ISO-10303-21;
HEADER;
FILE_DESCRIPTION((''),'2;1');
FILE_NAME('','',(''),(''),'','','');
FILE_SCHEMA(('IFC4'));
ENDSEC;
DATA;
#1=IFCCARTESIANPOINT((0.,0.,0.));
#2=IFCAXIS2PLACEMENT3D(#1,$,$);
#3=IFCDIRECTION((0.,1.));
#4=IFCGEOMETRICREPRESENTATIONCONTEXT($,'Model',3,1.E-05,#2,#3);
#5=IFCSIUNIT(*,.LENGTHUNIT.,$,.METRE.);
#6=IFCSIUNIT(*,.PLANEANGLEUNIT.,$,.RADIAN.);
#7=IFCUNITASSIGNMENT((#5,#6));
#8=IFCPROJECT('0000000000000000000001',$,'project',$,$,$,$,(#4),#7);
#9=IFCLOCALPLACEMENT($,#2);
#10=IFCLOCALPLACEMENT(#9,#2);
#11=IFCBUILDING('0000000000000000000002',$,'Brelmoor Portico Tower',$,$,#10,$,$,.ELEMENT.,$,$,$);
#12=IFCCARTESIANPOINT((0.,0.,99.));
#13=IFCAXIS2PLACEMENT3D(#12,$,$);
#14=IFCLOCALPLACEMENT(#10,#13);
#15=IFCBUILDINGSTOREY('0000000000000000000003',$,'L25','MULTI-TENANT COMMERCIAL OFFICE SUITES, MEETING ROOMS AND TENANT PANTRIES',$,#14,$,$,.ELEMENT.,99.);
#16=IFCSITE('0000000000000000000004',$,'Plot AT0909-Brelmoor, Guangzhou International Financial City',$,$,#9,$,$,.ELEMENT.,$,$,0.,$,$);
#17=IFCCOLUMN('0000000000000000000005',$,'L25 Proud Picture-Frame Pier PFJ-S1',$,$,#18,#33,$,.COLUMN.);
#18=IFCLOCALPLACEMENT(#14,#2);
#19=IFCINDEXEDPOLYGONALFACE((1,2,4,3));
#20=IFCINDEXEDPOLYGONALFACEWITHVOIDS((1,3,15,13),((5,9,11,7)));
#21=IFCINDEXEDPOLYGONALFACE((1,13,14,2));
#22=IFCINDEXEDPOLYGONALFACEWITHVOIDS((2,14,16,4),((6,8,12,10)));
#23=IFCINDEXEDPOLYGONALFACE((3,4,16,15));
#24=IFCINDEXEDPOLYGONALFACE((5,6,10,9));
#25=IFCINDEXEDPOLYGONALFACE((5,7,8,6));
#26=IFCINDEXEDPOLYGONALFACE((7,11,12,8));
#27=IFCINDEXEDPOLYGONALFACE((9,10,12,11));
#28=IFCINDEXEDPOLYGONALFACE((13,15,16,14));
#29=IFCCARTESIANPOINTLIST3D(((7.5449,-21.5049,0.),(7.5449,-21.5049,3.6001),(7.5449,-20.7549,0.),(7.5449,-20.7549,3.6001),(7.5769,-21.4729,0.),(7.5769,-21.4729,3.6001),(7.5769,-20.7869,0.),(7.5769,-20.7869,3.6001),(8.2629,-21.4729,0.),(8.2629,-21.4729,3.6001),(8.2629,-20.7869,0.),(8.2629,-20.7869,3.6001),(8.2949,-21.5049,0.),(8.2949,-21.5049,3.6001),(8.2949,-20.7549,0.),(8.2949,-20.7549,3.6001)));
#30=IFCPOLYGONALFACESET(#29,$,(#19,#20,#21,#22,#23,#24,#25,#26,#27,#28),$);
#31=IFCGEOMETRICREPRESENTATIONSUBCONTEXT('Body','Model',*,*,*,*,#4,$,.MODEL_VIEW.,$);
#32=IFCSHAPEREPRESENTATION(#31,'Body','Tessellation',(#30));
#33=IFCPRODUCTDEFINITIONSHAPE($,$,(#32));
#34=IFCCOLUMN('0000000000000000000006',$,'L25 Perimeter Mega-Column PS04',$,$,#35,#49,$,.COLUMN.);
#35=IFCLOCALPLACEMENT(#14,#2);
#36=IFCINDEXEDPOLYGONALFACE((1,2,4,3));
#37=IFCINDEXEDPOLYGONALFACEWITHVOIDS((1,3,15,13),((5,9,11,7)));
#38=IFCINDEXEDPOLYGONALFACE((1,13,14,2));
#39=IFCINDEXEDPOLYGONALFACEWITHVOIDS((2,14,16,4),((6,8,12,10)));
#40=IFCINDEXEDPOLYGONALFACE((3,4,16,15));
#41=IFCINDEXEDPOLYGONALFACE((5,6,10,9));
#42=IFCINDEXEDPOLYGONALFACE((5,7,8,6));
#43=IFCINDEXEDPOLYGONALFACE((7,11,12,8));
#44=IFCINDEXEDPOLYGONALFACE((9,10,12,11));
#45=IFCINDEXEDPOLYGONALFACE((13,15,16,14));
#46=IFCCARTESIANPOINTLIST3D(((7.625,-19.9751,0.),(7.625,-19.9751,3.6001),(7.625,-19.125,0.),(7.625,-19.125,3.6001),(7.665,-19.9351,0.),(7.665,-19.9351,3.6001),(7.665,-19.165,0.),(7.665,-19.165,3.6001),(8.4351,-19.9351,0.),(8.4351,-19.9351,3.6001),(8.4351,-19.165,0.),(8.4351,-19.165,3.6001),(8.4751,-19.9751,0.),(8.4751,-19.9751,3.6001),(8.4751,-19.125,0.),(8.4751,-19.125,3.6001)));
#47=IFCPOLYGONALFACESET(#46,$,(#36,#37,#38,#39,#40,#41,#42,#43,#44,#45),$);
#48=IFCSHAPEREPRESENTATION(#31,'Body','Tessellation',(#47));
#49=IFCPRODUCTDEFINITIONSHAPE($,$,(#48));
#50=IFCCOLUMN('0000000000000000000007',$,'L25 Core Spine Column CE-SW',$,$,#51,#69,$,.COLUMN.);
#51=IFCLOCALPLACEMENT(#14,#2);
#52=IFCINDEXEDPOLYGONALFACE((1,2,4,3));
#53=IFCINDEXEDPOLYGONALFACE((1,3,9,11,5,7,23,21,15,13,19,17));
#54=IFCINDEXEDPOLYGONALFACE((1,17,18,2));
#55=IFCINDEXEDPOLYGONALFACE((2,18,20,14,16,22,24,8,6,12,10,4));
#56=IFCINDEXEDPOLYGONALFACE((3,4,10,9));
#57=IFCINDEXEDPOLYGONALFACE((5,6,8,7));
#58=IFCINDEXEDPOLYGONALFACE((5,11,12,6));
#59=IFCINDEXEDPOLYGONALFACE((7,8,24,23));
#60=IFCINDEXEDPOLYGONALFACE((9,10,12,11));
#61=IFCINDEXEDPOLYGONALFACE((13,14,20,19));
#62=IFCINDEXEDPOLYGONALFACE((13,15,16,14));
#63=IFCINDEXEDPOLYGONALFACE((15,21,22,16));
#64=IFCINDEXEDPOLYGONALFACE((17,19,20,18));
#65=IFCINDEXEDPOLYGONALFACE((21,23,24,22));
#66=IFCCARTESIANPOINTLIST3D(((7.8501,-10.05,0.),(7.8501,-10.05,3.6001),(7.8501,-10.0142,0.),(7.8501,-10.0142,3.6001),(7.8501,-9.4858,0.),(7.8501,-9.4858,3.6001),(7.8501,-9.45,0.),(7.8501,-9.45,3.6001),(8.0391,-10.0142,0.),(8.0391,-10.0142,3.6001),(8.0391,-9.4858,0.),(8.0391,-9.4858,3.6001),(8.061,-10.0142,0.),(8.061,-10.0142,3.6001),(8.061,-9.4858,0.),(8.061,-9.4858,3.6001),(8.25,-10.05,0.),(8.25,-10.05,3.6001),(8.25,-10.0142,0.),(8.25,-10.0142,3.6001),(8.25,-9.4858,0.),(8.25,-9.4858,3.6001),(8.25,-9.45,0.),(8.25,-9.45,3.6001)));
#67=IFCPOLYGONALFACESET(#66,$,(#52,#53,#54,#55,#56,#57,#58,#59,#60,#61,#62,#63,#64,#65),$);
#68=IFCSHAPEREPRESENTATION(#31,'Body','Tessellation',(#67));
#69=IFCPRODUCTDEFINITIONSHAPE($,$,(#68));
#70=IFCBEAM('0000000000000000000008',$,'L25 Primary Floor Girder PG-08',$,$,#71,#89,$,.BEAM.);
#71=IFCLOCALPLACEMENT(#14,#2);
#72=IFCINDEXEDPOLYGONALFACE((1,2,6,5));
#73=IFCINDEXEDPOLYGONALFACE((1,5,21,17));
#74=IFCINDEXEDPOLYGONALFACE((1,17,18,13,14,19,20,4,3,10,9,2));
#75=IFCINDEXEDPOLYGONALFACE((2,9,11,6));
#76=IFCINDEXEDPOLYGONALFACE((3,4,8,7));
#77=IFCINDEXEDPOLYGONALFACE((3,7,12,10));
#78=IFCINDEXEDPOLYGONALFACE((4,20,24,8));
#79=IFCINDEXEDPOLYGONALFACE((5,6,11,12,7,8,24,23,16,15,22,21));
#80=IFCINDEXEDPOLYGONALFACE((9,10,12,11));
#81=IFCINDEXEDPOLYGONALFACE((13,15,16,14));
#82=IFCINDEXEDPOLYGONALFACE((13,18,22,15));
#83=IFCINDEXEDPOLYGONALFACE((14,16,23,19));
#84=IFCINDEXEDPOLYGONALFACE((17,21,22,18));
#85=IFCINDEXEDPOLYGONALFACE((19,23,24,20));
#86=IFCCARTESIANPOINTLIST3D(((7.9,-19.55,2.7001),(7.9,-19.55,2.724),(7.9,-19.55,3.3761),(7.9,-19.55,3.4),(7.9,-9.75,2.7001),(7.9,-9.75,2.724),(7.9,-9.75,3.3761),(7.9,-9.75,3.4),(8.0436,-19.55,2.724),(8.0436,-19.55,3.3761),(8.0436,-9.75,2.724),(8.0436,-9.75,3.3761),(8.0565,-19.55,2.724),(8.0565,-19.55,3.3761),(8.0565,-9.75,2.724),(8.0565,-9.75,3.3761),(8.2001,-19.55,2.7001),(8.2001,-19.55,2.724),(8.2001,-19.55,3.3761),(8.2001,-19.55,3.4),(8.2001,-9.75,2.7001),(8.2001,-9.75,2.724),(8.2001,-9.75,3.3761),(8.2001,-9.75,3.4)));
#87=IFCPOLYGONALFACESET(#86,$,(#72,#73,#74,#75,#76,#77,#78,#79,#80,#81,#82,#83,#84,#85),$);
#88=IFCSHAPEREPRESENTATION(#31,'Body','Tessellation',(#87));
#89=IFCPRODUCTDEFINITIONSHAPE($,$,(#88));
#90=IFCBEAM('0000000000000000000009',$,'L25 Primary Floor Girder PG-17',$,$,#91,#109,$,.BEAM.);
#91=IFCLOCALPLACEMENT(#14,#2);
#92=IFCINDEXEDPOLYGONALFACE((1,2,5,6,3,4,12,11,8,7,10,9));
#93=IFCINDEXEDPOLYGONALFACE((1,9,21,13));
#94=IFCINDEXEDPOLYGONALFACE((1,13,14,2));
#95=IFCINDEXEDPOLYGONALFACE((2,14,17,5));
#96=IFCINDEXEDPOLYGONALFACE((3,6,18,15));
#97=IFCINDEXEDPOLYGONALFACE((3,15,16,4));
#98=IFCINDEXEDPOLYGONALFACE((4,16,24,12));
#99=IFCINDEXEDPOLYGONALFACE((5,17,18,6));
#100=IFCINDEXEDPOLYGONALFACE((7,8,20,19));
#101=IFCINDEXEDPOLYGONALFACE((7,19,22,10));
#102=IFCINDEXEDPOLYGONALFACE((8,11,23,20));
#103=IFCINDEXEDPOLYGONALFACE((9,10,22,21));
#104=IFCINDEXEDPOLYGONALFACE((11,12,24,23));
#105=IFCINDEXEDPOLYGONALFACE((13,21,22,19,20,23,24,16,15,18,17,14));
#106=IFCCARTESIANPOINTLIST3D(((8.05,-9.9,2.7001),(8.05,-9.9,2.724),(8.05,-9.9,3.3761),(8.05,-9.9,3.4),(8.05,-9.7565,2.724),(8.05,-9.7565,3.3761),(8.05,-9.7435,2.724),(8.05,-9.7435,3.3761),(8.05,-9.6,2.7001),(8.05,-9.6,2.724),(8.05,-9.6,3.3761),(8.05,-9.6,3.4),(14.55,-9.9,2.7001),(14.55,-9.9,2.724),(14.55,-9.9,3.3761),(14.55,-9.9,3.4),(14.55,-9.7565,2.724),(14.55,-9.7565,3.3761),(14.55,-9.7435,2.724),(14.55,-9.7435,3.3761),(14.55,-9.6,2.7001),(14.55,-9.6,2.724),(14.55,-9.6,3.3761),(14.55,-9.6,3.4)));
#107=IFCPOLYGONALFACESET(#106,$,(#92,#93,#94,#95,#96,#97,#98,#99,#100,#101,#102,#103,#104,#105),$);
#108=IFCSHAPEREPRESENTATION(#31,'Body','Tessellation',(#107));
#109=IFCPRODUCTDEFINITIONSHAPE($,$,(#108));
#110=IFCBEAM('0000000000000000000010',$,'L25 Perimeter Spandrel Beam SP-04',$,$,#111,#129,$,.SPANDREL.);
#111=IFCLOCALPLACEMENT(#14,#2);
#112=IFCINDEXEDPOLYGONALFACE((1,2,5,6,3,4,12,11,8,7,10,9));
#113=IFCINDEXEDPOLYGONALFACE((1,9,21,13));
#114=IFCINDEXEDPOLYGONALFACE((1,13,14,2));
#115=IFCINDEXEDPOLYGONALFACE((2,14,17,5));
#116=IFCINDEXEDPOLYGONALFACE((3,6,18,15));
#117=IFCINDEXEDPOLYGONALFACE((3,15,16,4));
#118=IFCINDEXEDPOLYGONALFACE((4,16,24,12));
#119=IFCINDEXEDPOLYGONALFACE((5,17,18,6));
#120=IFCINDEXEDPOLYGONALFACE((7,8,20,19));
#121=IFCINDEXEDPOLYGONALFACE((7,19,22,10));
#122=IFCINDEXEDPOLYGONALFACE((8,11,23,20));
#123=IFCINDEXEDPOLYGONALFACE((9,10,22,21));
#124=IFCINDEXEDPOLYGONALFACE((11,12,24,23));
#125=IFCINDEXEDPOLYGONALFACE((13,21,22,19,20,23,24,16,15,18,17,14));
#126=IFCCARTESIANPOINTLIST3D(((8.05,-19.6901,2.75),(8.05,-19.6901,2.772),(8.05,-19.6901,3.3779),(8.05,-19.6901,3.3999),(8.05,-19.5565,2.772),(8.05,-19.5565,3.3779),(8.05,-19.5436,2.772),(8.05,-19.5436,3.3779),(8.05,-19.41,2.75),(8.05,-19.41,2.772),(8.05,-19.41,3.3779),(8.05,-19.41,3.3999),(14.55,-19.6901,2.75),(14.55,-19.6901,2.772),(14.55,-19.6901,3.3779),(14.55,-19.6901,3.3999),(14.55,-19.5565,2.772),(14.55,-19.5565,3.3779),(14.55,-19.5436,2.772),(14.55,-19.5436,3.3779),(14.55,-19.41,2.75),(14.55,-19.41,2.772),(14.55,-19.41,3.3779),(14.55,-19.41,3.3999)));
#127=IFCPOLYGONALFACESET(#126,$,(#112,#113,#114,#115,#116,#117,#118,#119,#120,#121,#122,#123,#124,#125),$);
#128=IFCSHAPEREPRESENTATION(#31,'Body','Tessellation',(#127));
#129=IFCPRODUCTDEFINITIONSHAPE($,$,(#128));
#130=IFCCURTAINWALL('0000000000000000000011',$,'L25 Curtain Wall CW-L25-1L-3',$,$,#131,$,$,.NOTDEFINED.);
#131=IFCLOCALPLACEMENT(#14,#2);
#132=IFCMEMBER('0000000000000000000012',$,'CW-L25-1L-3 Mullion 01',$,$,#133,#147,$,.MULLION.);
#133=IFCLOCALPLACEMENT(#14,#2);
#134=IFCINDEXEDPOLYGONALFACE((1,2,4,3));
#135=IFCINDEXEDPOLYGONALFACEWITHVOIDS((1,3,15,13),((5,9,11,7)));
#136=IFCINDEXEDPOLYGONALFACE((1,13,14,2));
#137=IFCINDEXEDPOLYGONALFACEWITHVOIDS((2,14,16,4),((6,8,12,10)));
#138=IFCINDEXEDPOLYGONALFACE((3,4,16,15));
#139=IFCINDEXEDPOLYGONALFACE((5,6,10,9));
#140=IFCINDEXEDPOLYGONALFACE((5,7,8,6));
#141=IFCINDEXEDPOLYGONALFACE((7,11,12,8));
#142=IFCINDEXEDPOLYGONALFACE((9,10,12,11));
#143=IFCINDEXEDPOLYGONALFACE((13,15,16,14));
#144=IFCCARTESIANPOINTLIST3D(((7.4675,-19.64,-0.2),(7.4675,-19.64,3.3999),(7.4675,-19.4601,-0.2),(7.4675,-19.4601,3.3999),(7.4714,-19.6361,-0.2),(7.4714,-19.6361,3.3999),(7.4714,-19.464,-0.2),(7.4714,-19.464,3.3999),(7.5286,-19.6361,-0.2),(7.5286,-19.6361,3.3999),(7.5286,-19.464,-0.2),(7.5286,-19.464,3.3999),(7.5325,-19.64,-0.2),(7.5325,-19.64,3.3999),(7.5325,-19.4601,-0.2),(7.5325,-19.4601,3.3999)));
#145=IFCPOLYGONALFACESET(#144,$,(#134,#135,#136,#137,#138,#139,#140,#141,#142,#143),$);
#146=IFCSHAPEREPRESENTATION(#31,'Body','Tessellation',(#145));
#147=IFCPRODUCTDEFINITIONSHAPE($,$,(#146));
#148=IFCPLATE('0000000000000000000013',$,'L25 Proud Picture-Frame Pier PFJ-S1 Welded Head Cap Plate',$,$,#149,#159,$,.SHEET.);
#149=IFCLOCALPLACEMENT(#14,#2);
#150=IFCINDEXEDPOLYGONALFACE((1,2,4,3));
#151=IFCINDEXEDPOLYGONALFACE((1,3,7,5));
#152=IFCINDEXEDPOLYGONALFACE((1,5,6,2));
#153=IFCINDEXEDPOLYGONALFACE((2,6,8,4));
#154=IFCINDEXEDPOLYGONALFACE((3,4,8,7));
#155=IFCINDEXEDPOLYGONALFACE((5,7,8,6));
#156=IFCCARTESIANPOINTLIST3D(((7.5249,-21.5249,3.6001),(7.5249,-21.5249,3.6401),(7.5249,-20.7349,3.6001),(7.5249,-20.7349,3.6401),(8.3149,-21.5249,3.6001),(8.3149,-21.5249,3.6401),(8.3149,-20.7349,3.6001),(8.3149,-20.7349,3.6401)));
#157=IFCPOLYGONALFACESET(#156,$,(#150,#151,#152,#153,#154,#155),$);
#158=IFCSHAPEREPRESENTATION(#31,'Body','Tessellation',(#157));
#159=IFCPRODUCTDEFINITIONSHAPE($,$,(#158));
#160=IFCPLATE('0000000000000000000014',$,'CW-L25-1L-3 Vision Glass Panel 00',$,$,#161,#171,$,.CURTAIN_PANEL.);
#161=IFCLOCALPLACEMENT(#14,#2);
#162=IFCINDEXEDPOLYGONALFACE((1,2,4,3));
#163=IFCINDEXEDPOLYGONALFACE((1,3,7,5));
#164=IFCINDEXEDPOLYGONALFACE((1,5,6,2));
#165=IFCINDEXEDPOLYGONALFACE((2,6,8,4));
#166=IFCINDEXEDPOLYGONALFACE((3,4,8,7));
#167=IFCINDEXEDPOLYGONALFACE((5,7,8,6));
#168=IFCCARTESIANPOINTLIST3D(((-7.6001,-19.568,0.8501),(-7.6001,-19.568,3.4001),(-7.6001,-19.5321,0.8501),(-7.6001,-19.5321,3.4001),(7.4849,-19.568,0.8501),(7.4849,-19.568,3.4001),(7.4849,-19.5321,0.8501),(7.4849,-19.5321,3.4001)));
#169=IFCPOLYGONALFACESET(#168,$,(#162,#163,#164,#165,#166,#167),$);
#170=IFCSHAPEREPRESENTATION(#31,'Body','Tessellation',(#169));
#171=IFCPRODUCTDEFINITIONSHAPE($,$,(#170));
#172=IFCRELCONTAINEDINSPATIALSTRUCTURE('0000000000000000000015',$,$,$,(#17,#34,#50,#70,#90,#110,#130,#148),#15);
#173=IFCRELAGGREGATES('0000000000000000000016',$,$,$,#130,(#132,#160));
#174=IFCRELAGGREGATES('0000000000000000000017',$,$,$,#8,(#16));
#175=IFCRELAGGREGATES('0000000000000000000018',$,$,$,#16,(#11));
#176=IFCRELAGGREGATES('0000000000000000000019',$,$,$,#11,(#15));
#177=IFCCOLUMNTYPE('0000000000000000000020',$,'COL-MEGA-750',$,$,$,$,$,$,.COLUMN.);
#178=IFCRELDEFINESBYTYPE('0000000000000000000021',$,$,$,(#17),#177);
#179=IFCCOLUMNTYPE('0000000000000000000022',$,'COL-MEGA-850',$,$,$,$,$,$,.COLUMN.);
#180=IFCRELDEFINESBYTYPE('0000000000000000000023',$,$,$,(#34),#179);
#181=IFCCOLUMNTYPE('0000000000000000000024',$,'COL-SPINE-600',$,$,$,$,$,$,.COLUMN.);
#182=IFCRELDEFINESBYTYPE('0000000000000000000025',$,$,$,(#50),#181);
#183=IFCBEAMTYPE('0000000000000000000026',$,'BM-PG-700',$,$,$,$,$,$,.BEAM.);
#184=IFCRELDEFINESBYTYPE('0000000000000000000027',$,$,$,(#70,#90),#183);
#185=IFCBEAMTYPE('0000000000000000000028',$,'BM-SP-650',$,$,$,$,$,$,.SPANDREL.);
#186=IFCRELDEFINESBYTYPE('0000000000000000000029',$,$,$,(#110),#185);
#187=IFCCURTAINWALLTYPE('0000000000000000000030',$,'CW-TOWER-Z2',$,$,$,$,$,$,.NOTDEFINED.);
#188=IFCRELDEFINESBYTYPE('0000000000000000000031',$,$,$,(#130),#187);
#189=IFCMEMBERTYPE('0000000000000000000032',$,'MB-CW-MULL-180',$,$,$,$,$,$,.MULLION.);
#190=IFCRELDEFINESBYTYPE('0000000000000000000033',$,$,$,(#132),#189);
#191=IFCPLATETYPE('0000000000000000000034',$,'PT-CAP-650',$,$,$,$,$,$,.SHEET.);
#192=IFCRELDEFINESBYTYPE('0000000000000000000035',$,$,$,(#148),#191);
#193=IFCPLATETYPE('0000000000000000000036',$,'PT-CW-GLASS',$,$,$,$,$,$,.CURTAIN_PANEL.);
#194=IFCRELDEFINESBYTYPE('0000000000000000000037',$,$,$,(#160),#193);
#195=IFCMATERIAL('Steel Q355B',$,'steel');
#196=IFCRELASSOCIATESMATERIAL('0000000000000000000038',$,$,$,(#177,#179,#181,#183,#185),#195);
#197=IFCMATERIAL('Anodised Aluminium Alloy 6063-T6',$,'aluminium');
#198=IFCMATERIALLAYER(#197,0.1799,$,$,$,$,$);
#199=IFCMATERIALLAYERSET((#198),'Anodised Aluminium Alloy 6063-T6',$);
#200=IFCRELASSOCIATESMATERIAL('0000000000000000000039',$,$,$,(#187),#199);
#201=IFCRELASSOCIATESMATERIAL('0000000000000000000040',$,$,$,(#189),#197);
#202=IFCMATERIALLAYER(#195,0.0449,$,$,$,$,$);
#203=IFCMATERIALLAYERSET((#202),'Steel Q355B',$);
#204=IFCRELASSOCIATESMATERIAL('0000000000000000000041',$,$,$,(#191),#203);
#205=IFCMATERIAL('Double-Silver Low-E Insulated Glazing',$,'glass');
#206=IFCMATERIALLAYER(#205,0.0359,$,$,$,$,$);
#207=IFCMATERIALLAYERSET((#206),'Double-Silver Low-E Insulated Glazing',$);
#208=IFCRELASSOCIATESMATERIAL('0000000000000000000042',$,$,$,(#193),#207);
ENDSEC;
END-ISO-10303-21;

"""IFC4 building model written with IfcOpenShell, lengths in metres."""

from ifc_helpers import new_model, si_unit, direction, frame, origin, origin_2d, place, context, subcontext, project, spatial, rectangle, hollow_rectangle, i_section, extrude, material, layer, layer_set, material_profile, profile_set, type_object, element, aggregate, save


model = new_model("IFC4")

# Units and contexts
model_context = context("Model", 3, precision=1e-05, world=origin(), true_north=direction((0.0, 1.0)))
body_context = subcontext(model_context, "Body", "Model", "MODEL_VIEW")
ifc_project = project(units=[si_unit("LENGTHUNIT", "METRE"), si_unit("PLANEANGLEUNIT", "RADIAN")], contexts=[model_context])

# Site, building, storey
site_placement = place(None, origin())
site = spatial("IfcSite", under=ifc_project, at=site_placement, Name="Plot AT0909-Brelmoor, Guangzhou International Financial City", CompositionType="ELEMENT", RefElevation=0.0)
building_placement = place(site_placement, origin())
building = spatial("IfcBuilding", under=site, at=building_placement, Name="Brelmoor Portico Tower", CompositionType="ELEMENT")
storey_placement = place(building_placement, frame((0.0, 0.0, 99.0)))
storey = spatial("IfcBuildingStorey", under=building, at=storey_placement, Name="L25", Description="MULTI-TENANT COMMERCIAL OFFICE SUITES, MEETING ROOMS AND TENANT PANTRIES", CompositionType="ELEMENT", Elevation=99.0)

# Columns
ifc_material_1 = material(Name="Steel Q355B", Category="steel")
ifc_material_profile_1 = material_profile(ifc_material_1, hollow_rectangle(XDim=0.75, YDim=0.75, WallThickness=0.032, at=origin_2d()), Name="BOX 750x750x32")
ifc_profile_set_1 = profile_set([ifc_material_profile_1], Name="Steel Q355B")
column_type_1 = type_object("IfcColumnType", Name="COL-MEGA-750", PredefinedType="COLUMN", material=ifc_profile_set_1)
column_1_placement = place(storey_placement, frame((7.9199, -21.1299, 0.0), z_axis=(0.0, 0.0, 1.0), x_axis=(1.0, 0.0, 0.0)))
element("IfcColumn", 1, at=column_1_placement, inside=storey, type_object=column_type_1, Name="L25 Proud Picture-Frame Pier PFJ-S1", PredefinedType="COLUMN", context=body_context, shape_type="SweptSolid", body=[
    extrude(hollow_rectangle(XDim=0.75, YDim=0.75, WallThickness=0.032, at=origin_2d()), origin(), (0.0, 0.0, 1.0), 3.6001),
])
ifc_material_profile_2 = material_profile(ifc_material_1, hollow_rectangle(XDim=0.8501, YDim=0.8501, WallThickness=0.04, at=origin_2d()), Name="BOX 850x850x40")
ifc_profile_set_2 = profile_set([ifc_material_profile_2], Name="Steel Q355B")
column_type_2 = type_object("IfcColumnType", Name="COL-MEGA-850", PredefinedType="COLUMN", material=ifc_profile_set_2)
column_2_placement = place(storey_placement, frame((8.05, -19.55, 0.0), z_axis=(0.0, 0.0, 1.0), x_axis=(1.0, 0.0, 0.0)))
element("IfcColumn", 2, at=column_2_placement, inside=storey, type_object=column_type_2, Name="L25 Perimeter Mega-Column PS04", PredefinedType="COLUMN", context=body_context, shape_type="SweptSolid", body=[
    extrude(hollow_rectangle(XDim=0.8501, YDim=0.8501, WallThickness=0.04, at=origin_2d()), origin(), (0.0, 0.0, 1.0), 3.6001),
])
ifc_material_profile_3 = material_profile(ifc_material_1, i_section(OverallWidth=0.3999, OverallDepth=0.6001, WebThickness=0.022, FlangeThickness=0.0359, at=origin_2d()), Name="HW 600x400x22x36")
ifc_profile_set_3 = profile_set([ifc_material_profile_3], Name="Steel Q355B")
column_type_3 = type_object("IfcColumnType", Name="COL-SPINE-600", PredefinedType="COLUMN", material=ifc_profile_set_3)
column_3_placement = place(storey_placement, frame((8.05, -9.75, 0.0), z_axis=(0.0, 0.0, 1.0), x_axis=(1.0, 0.0, 0.0)))
element("IfcColumn", 3, at=column_3_placement, inside=storey, type_object=column_type_3, Name="L25 Core Spine Column CE-SW", PredefinedType="COLUMN", context=body_context, shape_type="SweptSolid", body=[
    extrude(i_section(OverallWidth=0.3999, OverallDepth=0.6001, WebThickness=0.022, FlangeThickness=0.0359, at=origin_2d()), origin(), (0.0, 0.0, 1.0), 3.6001),
])

# Beams
ifc_material_profile_4 = material_profile(ifc_material_1, i_section(OverallWidth=0.3, OverallDepth=0.7, WebThickness=0.0129, FlangeThickness=0.0239, at=origin_2d()), Name="HN 700x300x13x24")
ifc_profile_set_4 = profile_set([ifc_material_profile_4], Name="Steel Q355B")
beam_type_1 = type_object("IfcBeamType", Name="BM-PG-700", PredefinedType="BEAM", material=ifc_profile_set_4)
beam_1_placement = place(storey_placement, frame((8.05, -19.55, 3.05), z_axis=(0.0, 1.0, 0.0), x_axis=(-1.0, 0.0, 0.0)))
element("IfcBeam", 4, at=beam_1_placement, inside=storey, type_object=beam_type_1, Name="L25 Primary Floor Girder PG-08", PredefinedType="BEAM", context=body_context, shape_type="SweptSolid", body=[
    extrude(i_section(OverallWidth=0.3, OverallDepth=0.7, WebThickness=0.0129, FlangeThickness=0.0239, at=origin_2d()), origin(), (0.0, 0.0, 1.0), 9.8),
])
beam_2_placement = place(storey_placement, frame((8.05, -9.75, 3.05), z_axis=(1.0, 0.0, 0.0), x_axis=(0.0, 1.0, 0.0)))
element("IfcBeam", 5, at=beam_2_placement, inside=storey, type_object=beam_type_1, Name="L25 Primary Floor Girder PG-17", PredefinedType="BEAM", context=body_context, shape_type="SweptSolid", body=[
    extrude(i_section(OverallWidth=0.3, OverallDepth=0.7, WebThickness=0.0129, FlangeThickness=0.0239, at=origin_2d()), origin(), (0.0, 0.0, 1.0), 6.5),
])
ifc_material_profile_5 = material_profile(ifc_material_1, i_section(OverallWidth=0.28, OverallDepth=0.6499, WebThickness=0.0129, FlangeThickness=0.022, at=origin_2d()), Name="HN 650x280x13x22")
ifc_profile_set_5 = profile_set([ifc_material_profile_5], Name="Steel Q355B")
beam_type_2 = type_object("IfcBeamType", Name="BM-SP-650", PredefinedType="SPANDREL", material=ifc_profile_set_5)
beam_3_placement = place(storey_placement, frame((8.05, -19.55, 3.075), z_axis=(1.0, 0.0, 0.0), x_axis=(0.0, 1.0, 0.0)))
element("IfcBeam", 6, at=beam_3_placement, inside=storey, type_object=beam_type_2, Name="L25 Perimeter Spandrel Beam SP-04", PredefinedType="SPANDREL", context=body_context, shape_type="SweptSolid", body=[
    extrude(i_section(OverallWidth=0.28, OverallDepth=0.6499, WebThickness=0.0129, FlangeThickness=0.022, at=origin_2d()), origin(), (0.0, 0.0, 1.0), 6.5),
])

# Curtain wall, member
ifc_material_2 = material(Name="Anodised Aluminium Alloy 6063-T6", Category="aluminium")
ifc_layer_1 = layer(ifc_material_2, 0.1799)
ifc_layer_set_1 = layer_set([ifc_layer_1], Name="Anodised Aluminium Alloy 6063-T6")
curtain_wall_type = type_object("IfcCurtainWallType", Name="CW-TOWER-Z2", PredefinedType="NOTDEFINED", material=ifc_layer_set_1)
curtain_wall_placement = place(storey_placement, origin())
curtain_wall = element("IfcCurtainWall", 7, at=curtain_wall_placement, inside=storey, type_object=curtain_wall_type, Name="L25 Curtain Wall CW-L25-1L-3", PredefinedType="NOTDEFINED")
ifc_material_profile_6 = material_profile(ifc_material_2, hollow_rectangle(XDim=0.0649, YDim=0.1799, WallThickness=0.0039, at=origin_2d()), Name="ALU MULLION 65x180")
ifc_profile_set_6 = profile_set([ifc_material_profile_6], Name="Anodised Aluminium Alloy 6063-T6")
member_type = type_object("IfcMemberType", Name="MB-CW-MULL-180", PredefinedType="MULLION", material=ifc_profile_set_6)
member_placement = place(storey_placement, frame((7.5, -19.55, -0.2), z_axis=(0.0, 0.0, 1.0), x_axis=(1.0, 0.0, 0.0)))
member = element("IfcMember", 8, at=member_placement, type_object=member_type, Name="CW-L25-1L-3 Mullion 01", PredefinedType="MULLION", context=body_context, shape_type="SweptSolid", body=[
    extrude(hollow_rectangle(XDim=0.0649, YDim=0.1799, WallThickness=0.0039, at=origin_2d()), origin(), (0.0, 0.0, 1.0), 3.5999),
])

# Plates
ifc_layer_2 = layer(ifc_material_1, 0.0449)
ifc_layer_set_2 = layer_set([ifc_layer_2], Name="Steel Q355B")
plate_type_1 = type_object("IfcPlateType", Name="PT-CAP-650", PredefinedType="SHEET", material=ifc_layer_set_2)
plate_1_placement = place(storey_placement, frame((7.9199, -21.1299, 3.6001), z_axis=(0.0, 0.0, 1.0), x_axis=(1.0, 0.0, 0.0)))
element("IfcPlate", 9, at=plate_1_placement, inside=storey, type_object=plate_type_1, Name="L25 Proud Picture-Frame Pier PFJ-S1 Welded Head Cap Plate", PredefinedType="SHEET", context=body_context, shape_type="SweptSolid", body=[
    extrude(rectangle(XDim=0.79, YDim=0.79, at=origin_2d()), origin(), (0.0, 0.0, 1.0), 0.04),
])
ifc_material_3 = material(Name="Double-Silver Low-E Insulated Glazing", Category="glass")
ifc_layer_3 = layer(ifc_material_3, 0.0359)
ifc_layer_set_3 = layer_set([ifc_layer_3], Name="Double-Silver Low-E Insulated Glazing")
plate_type_2 = type_object("IfcPlateType", Name="PT-CW-GLASS", PredefinedType="CURTAIN_PANEL", material=ifc_layer_set_3)
plate_2_placement = place(storey_placement, frame((-0.0576, -19.55, 0.8501), z_axis=(0.0, 0.0, 1.0), x_axis=(1.0, 0.0, 0.0)))
plate_2 = element("IfcPlate", 10, at=plate_2_placement, type_object=plate_type_2, Name="CW-L25-1L-3 Vision Glass Panel 00", PredefinedType="CURTAIN_PANEL", context=body_context, shape_type="SweptSolid", body=[
    extrude(rectangle(XDim=15.085, YDim=0.0359, at=origin_2d()), origin(), (0.0, 0.0, 1.0), 2.55),
])
aggregate(curtain_wall, [member, plate_2])

save(model, "model.ifc")
